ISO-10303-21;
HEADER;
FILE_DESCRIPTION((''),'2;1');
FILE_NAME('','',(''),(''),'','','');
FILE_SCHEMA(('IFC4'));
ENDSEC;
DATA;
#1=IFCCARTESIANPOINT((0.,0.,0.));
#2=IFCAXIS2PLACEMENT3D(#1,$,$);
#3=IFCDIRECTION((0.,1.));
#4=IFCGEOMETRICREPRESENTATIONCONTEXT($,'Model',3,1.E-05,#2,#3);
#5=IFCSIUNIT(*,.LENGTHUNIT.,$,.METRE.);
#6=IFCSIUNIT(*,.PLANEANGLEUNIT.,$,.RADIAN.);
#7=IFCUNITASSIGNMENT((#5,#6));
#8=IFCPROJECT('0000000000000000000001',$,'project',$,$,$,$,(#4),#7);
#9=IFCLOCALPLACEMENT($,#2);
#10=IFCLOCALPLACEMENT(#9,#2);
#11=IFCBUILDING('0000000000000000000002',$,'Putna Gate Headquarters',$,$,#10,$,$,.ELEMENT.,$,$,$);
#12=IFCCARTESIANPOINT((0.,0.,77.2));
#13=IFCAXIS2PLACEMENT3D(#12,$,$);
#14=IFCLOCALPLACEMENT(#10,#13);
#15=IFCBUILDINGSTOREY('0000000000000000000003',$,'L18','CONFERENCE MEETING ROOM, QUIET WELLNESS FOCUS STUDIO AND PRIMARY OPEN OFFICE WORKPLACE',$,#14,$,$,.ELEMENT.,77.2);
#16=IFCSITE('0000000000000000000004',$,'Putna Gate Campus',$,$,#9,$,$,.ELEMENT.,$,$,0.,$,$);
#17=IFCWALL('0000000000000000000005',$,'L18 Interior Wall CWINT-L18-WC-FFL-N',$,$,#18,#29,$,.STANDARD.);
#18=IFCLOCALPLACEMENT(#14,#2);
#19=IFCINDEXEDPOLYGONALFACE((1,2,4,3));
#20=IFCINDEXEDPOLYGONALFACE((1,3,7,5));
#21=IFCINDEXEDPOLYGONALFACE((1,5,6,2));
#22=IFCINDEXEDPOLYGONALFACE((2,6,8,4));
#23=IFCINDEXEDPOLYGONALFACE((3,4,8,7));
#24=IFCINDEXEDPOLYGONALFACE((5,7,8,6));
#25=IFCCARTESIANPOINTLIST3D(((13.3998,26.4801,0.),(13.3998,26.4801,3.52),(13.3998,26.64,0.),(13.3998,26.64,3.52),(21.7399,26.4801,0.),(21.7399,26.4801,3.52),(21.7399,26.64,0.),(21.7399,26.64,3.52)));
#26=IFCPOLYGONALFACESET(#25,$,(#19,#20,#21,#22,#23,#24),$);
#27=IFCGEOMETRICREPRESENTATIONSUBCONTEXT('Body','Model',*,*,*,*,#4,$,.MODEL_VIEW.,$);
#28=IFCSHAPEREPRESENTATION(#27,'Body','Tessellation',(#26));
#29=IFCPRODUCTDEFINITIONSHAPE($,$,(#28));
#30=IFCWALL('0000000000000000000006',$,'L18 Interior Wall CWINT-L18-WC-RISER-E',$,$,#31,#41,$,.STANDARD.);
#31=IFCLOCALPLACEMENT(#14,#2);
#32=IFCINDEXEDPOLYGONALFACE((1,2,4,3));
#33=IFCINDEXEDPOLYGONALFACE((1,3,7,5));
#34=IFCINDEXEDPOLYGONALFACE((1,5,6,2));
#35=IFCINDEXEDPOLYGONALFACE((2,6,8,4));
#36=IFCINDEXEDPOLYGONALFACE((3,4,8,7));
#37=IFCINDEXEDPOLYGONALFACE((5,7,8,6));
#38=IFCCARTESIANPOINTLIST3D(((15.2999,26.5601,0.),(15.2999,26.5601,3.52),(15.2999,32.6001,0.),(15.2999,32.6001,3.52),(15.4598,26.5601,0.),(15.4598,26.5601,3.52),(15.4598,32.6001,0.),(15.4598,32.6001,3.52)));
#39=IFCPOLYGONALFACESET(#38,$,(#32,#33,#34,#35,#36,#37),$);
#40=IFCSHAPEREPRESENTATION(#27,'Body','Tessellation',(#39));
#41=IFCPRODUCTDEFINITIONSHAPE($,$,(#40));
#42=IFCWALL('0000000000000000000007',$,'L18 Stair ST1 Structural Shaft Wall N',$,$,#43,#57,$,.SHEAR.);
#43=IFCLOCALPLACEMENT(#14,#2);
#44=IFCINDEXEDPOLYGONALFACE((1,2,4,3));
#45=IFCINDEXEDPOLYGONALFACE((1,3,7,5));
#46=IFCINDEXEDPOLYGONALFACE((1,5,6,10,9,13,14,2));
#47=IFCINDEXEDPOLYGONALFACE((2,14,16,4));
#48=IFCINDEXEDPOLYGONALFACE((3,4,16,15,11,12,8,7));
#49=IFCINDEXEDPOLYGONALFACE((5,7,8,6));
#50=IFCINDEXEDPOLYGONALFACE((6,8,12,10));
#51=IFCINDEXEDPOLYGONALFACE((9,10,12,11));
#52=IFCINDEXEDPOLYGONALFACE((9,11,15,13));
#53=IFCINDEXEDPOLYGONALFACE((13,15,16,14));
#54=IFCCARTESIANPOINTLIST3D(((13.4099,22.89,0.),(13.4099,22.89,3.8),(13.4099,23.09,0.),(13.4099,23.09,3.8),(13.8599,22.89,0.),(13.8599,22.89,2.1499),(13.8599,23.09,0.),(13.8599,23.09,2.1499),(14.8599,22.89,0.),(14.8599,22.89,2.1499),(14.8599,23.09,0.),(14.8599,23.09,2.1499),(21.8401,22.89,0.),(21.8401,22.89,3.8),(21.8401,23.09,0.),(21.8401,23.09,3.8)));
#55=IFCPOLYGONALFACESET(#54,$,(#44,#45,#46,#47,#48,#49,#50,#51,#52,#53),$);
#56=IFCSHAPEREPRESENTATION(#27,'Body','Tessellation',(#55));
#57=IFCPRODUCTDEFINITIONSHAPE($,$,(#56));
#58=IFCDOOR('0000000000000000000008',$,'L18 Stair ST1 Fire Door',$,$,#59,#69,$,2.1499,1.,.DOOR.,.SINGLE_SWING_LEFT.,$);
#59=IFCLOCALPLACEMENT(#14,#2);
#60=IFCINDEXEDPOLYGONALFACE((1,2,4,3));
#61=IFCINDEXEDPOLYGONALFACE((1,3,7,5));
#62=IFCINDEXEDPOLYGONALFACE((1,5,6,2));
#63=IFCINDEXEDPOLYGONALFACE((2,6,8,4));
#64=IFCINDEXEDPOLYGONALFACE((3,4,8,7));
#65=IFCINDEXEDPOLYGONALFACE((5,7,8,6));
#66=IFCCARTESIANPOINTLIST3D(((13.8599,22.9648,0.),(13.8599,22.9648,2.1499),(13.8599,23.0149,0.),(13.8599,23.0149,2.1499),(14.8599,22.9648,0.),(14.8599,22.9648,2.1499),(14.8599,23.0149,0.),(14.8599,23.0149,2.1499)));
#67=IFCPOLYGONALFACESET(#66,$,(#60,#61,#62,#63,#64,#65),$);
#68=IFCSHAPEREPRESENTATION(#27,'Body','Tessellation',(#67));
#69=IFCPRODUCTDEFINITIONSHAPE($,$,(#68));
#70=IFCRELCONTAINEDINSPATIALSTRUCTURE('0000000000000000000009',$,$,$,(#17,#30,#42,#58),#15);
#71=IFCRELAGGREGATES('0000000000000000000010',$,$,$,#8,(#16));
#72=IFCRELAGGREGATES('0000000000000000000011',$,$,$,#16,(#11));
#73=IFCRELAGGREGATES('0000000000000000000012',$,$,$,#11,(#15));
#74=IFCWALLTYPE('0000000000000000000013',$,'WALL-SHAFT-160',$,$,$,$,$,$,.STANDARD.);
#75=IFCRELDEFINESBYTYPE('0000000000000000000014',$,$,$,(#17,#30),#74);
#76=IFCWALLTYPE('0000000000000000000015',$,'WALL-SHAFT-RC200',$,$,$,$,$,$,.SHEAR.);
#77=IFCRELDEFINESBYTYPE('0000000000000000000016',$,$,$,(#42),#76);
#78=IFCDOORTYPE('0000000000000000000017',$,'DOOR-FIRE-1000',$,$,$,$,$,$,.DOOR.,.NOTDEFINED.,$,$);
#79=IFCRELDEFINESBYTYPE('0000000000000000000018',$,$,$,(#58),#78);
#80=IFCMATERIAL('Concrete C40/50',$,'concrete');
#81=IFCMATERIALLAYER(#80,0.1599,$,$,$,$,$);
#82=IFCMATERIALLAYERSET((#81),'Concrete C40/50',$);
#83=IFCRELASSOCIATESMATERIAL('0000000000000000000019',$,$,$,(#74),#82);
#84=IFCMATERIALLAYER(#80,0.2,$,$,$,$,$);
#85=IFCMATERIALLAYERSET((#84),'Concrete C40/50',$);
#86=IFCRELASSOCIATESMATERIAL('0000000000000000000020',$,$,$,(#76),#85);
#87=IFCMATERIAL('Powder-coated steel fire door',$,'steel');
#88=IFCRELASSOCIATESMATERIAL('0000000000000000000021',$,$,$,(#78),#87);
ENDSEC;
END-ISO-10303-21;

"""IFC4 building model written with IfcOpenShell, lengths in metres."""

from ifc_helpers import new_model, si_unit, direction, frame, frame_2d, origin, place, context, subcontext, project, spatial, rectangle, extrude, material, layer, layer_set, type_object, element, fill, save


model = new_model("IFC4")

# Units and contexts
model_context = context("Model", 3, precision=1e-05, world=origin(), true_north=direction((0.0, 1.0)))
body_context = subcontext(model_context, "Body", "Model", "MODEL_VIEW")
ifc_project = project(units=[si_unit("LENGTHUNIT", "METRE"), si_unit("PLANEANGLEUNIT", "RADIAN")], contexts=[model_context])

# Site, building, storey
site_placement = place(None, origin())
site = spatial("IfcSite", under=ifc_project, at=site_placement, Name="Putna Gate Campus", CompositionType="ELEMENT", RefElevation=0.0)
building_placement = place(site_placement, origin())
building = spatial("IfcBuilding", under=site, at=building_placement, Name="Putna Gate Headquarters", CompositionType="ELEMENT")
storey_placement = place(building_placement, frame((0.0, 0.0, 77.2)))
storey = spatial("IfcBuildingStorey", under=building, at=storey_placement, Name="L18", Description="CONFERENCE MEETING ROOM, QUIET WELLNESS FOCUS STUDIO AND PRIMARY OPEN OFFICE WORKPLACE", CompositionType="ELEMENT", Elevation=77.2)

# Walls
ifc_material_1 = material(Name="Concrete C40/50", Category="concrete")
ifc_layer_1 = layer(ifc_material_1, 0.1599)
ifc_layer_set_1 = layer_set([ifc_layer_1], Name="Concrete C40/50")
wall_type_1 = type_object("IfcWallType", Name="WALL-SHAFT-160", PredefinedType="STANDARD", material=ifc_layer_set_1)
wall_1_placement = place(storey_placement, frame((13.3999, 26.5601, 0.0), z_axis=(0.0, 0.0, 1.0), x_axis=(1.0, 0.0, 0.0)))
element("IfcWall", 1, at=wall_1_placement, inside=storey, type_object=wall_type_1, Name="L18 Interior Wall CWINT-L18-WC-FFL-N", PredefinedType="STANDARD", context=body_context, shape_type="SweptSolid", body=[
    extrude(rectangle(XDim=8.3401, YDim=0.1599, at=frame_2d((4.1699, 0.0))), origin(), (0.0, 0.0, 1.0), 3.52),
])
wall_2_placement = place(storey_placement, frame((15.3799, 26.5601, 0.0), z_axis=(0.0, 0.0, 1.0), x_axis=(0.0, 1.0, 0.0)))
element("IfcWall", 2, at=wall_2_placement, inside=storey, type_object=wall_type_1, Name="L18 Interior Wall CWINT-L18-WC-RISER-E", PredefinedType="STANDARD", context=body_context, shape_type="SweptSolid", body=[
    extrude(rectangle(XDim=6.04, YDim=0.1599, at=frame_2d((3.02, 0.0))), origin(), (0.0, 0.0, 1.0), 3.52),
])

# Wall, opening, door
ifc_layer_2 = layer(ifc_material_1, 0.2)
ifc_layer_set_2 = layer_set([ifc_layer_2], Name="Concrete C40/50")
wall_type_2 = type_object("IfcWallType", Name="WALL-SHAFT-RC200", PredefinedType="SHEAR", material=ifc_layer_set_2)
wall_3_placement = place(storey_placement, frame((13.4099, 22.99, 0.0), z_axis=(0.0, 0.0, 1.0), x_axis=(1.0, 0.0, 0.0)))
wall_3 = element("IfcWall", 3, at=wall_3_placement, inside=storey, type_object=wall_type_2, Name="L18 Stair ST1 Structural Shaft Wall N", PredefinedType="SHEAR", context=body_context, shape_type="SweptSolid", body=[
    extrude(rectangle(XDim=8.4302, YDim=0.2, at=frame_2d((4.2151, 0.0))), origin(), (0.0, 0.0, 1.0), 3.8),
])
opening_1_placement = place(wall_3_placement, frame((0.45, 0.0, 0.0)))
opening_1 = element("IfcOpeningElement", 4, at=opening_1_placement, cuts=wall_3, PredefinedType="OPENING", context=body_context, shape_type="SweptSolid", body=[
    extrude(rectangle(XDim=1.0, YDim=2.1499, at=frame_2d((0.5, 1.075))), frame((0.0, 0.1099, 0.0), z_axis=(0.0, -1.0, 0.0), x_axis=(1.0, 0.0, 0.0)), (0.0, 0.0, 1.0), 0.22),
])
ifc_material_2 = material(Name="Powder-coated steel fire door", Category="steel")
door_type_1 = type_object("IfcDoorType", Name="DOOR-FIRE-1000", OperationType="NOTDEFINED", PredefinedType="DOOR", material=ifc_material_2)
door_1_placement = place(opening_1_placement, origin())
door_1 = element("IfcDoor", 5, at=door_1_placement, inside=storey, type_object=door_type_1, Name="L18 Stair ST1 Fire Door", OperationType="SINGLE_SWING_LEFT", OverallHeight=2.1499, OverallWidth=1.0, PredefinedType="DOOR", context=body_context, shape_type="SweptSolid", body=[
    extrude(rectangle(XDim=1.0, YDim=2.1499, at=frame_2d((0.5, 1.075))), frame((0.0, 0.0249, 0.0), z_axis=(0.0, -1.0, 0.0), x_axis=(1.0, 0.0, 0.0)), (0.0, 0.0, 1.0), 0.05),
])
fill(opening_1, door_1)

save(model, "model.ifc")
